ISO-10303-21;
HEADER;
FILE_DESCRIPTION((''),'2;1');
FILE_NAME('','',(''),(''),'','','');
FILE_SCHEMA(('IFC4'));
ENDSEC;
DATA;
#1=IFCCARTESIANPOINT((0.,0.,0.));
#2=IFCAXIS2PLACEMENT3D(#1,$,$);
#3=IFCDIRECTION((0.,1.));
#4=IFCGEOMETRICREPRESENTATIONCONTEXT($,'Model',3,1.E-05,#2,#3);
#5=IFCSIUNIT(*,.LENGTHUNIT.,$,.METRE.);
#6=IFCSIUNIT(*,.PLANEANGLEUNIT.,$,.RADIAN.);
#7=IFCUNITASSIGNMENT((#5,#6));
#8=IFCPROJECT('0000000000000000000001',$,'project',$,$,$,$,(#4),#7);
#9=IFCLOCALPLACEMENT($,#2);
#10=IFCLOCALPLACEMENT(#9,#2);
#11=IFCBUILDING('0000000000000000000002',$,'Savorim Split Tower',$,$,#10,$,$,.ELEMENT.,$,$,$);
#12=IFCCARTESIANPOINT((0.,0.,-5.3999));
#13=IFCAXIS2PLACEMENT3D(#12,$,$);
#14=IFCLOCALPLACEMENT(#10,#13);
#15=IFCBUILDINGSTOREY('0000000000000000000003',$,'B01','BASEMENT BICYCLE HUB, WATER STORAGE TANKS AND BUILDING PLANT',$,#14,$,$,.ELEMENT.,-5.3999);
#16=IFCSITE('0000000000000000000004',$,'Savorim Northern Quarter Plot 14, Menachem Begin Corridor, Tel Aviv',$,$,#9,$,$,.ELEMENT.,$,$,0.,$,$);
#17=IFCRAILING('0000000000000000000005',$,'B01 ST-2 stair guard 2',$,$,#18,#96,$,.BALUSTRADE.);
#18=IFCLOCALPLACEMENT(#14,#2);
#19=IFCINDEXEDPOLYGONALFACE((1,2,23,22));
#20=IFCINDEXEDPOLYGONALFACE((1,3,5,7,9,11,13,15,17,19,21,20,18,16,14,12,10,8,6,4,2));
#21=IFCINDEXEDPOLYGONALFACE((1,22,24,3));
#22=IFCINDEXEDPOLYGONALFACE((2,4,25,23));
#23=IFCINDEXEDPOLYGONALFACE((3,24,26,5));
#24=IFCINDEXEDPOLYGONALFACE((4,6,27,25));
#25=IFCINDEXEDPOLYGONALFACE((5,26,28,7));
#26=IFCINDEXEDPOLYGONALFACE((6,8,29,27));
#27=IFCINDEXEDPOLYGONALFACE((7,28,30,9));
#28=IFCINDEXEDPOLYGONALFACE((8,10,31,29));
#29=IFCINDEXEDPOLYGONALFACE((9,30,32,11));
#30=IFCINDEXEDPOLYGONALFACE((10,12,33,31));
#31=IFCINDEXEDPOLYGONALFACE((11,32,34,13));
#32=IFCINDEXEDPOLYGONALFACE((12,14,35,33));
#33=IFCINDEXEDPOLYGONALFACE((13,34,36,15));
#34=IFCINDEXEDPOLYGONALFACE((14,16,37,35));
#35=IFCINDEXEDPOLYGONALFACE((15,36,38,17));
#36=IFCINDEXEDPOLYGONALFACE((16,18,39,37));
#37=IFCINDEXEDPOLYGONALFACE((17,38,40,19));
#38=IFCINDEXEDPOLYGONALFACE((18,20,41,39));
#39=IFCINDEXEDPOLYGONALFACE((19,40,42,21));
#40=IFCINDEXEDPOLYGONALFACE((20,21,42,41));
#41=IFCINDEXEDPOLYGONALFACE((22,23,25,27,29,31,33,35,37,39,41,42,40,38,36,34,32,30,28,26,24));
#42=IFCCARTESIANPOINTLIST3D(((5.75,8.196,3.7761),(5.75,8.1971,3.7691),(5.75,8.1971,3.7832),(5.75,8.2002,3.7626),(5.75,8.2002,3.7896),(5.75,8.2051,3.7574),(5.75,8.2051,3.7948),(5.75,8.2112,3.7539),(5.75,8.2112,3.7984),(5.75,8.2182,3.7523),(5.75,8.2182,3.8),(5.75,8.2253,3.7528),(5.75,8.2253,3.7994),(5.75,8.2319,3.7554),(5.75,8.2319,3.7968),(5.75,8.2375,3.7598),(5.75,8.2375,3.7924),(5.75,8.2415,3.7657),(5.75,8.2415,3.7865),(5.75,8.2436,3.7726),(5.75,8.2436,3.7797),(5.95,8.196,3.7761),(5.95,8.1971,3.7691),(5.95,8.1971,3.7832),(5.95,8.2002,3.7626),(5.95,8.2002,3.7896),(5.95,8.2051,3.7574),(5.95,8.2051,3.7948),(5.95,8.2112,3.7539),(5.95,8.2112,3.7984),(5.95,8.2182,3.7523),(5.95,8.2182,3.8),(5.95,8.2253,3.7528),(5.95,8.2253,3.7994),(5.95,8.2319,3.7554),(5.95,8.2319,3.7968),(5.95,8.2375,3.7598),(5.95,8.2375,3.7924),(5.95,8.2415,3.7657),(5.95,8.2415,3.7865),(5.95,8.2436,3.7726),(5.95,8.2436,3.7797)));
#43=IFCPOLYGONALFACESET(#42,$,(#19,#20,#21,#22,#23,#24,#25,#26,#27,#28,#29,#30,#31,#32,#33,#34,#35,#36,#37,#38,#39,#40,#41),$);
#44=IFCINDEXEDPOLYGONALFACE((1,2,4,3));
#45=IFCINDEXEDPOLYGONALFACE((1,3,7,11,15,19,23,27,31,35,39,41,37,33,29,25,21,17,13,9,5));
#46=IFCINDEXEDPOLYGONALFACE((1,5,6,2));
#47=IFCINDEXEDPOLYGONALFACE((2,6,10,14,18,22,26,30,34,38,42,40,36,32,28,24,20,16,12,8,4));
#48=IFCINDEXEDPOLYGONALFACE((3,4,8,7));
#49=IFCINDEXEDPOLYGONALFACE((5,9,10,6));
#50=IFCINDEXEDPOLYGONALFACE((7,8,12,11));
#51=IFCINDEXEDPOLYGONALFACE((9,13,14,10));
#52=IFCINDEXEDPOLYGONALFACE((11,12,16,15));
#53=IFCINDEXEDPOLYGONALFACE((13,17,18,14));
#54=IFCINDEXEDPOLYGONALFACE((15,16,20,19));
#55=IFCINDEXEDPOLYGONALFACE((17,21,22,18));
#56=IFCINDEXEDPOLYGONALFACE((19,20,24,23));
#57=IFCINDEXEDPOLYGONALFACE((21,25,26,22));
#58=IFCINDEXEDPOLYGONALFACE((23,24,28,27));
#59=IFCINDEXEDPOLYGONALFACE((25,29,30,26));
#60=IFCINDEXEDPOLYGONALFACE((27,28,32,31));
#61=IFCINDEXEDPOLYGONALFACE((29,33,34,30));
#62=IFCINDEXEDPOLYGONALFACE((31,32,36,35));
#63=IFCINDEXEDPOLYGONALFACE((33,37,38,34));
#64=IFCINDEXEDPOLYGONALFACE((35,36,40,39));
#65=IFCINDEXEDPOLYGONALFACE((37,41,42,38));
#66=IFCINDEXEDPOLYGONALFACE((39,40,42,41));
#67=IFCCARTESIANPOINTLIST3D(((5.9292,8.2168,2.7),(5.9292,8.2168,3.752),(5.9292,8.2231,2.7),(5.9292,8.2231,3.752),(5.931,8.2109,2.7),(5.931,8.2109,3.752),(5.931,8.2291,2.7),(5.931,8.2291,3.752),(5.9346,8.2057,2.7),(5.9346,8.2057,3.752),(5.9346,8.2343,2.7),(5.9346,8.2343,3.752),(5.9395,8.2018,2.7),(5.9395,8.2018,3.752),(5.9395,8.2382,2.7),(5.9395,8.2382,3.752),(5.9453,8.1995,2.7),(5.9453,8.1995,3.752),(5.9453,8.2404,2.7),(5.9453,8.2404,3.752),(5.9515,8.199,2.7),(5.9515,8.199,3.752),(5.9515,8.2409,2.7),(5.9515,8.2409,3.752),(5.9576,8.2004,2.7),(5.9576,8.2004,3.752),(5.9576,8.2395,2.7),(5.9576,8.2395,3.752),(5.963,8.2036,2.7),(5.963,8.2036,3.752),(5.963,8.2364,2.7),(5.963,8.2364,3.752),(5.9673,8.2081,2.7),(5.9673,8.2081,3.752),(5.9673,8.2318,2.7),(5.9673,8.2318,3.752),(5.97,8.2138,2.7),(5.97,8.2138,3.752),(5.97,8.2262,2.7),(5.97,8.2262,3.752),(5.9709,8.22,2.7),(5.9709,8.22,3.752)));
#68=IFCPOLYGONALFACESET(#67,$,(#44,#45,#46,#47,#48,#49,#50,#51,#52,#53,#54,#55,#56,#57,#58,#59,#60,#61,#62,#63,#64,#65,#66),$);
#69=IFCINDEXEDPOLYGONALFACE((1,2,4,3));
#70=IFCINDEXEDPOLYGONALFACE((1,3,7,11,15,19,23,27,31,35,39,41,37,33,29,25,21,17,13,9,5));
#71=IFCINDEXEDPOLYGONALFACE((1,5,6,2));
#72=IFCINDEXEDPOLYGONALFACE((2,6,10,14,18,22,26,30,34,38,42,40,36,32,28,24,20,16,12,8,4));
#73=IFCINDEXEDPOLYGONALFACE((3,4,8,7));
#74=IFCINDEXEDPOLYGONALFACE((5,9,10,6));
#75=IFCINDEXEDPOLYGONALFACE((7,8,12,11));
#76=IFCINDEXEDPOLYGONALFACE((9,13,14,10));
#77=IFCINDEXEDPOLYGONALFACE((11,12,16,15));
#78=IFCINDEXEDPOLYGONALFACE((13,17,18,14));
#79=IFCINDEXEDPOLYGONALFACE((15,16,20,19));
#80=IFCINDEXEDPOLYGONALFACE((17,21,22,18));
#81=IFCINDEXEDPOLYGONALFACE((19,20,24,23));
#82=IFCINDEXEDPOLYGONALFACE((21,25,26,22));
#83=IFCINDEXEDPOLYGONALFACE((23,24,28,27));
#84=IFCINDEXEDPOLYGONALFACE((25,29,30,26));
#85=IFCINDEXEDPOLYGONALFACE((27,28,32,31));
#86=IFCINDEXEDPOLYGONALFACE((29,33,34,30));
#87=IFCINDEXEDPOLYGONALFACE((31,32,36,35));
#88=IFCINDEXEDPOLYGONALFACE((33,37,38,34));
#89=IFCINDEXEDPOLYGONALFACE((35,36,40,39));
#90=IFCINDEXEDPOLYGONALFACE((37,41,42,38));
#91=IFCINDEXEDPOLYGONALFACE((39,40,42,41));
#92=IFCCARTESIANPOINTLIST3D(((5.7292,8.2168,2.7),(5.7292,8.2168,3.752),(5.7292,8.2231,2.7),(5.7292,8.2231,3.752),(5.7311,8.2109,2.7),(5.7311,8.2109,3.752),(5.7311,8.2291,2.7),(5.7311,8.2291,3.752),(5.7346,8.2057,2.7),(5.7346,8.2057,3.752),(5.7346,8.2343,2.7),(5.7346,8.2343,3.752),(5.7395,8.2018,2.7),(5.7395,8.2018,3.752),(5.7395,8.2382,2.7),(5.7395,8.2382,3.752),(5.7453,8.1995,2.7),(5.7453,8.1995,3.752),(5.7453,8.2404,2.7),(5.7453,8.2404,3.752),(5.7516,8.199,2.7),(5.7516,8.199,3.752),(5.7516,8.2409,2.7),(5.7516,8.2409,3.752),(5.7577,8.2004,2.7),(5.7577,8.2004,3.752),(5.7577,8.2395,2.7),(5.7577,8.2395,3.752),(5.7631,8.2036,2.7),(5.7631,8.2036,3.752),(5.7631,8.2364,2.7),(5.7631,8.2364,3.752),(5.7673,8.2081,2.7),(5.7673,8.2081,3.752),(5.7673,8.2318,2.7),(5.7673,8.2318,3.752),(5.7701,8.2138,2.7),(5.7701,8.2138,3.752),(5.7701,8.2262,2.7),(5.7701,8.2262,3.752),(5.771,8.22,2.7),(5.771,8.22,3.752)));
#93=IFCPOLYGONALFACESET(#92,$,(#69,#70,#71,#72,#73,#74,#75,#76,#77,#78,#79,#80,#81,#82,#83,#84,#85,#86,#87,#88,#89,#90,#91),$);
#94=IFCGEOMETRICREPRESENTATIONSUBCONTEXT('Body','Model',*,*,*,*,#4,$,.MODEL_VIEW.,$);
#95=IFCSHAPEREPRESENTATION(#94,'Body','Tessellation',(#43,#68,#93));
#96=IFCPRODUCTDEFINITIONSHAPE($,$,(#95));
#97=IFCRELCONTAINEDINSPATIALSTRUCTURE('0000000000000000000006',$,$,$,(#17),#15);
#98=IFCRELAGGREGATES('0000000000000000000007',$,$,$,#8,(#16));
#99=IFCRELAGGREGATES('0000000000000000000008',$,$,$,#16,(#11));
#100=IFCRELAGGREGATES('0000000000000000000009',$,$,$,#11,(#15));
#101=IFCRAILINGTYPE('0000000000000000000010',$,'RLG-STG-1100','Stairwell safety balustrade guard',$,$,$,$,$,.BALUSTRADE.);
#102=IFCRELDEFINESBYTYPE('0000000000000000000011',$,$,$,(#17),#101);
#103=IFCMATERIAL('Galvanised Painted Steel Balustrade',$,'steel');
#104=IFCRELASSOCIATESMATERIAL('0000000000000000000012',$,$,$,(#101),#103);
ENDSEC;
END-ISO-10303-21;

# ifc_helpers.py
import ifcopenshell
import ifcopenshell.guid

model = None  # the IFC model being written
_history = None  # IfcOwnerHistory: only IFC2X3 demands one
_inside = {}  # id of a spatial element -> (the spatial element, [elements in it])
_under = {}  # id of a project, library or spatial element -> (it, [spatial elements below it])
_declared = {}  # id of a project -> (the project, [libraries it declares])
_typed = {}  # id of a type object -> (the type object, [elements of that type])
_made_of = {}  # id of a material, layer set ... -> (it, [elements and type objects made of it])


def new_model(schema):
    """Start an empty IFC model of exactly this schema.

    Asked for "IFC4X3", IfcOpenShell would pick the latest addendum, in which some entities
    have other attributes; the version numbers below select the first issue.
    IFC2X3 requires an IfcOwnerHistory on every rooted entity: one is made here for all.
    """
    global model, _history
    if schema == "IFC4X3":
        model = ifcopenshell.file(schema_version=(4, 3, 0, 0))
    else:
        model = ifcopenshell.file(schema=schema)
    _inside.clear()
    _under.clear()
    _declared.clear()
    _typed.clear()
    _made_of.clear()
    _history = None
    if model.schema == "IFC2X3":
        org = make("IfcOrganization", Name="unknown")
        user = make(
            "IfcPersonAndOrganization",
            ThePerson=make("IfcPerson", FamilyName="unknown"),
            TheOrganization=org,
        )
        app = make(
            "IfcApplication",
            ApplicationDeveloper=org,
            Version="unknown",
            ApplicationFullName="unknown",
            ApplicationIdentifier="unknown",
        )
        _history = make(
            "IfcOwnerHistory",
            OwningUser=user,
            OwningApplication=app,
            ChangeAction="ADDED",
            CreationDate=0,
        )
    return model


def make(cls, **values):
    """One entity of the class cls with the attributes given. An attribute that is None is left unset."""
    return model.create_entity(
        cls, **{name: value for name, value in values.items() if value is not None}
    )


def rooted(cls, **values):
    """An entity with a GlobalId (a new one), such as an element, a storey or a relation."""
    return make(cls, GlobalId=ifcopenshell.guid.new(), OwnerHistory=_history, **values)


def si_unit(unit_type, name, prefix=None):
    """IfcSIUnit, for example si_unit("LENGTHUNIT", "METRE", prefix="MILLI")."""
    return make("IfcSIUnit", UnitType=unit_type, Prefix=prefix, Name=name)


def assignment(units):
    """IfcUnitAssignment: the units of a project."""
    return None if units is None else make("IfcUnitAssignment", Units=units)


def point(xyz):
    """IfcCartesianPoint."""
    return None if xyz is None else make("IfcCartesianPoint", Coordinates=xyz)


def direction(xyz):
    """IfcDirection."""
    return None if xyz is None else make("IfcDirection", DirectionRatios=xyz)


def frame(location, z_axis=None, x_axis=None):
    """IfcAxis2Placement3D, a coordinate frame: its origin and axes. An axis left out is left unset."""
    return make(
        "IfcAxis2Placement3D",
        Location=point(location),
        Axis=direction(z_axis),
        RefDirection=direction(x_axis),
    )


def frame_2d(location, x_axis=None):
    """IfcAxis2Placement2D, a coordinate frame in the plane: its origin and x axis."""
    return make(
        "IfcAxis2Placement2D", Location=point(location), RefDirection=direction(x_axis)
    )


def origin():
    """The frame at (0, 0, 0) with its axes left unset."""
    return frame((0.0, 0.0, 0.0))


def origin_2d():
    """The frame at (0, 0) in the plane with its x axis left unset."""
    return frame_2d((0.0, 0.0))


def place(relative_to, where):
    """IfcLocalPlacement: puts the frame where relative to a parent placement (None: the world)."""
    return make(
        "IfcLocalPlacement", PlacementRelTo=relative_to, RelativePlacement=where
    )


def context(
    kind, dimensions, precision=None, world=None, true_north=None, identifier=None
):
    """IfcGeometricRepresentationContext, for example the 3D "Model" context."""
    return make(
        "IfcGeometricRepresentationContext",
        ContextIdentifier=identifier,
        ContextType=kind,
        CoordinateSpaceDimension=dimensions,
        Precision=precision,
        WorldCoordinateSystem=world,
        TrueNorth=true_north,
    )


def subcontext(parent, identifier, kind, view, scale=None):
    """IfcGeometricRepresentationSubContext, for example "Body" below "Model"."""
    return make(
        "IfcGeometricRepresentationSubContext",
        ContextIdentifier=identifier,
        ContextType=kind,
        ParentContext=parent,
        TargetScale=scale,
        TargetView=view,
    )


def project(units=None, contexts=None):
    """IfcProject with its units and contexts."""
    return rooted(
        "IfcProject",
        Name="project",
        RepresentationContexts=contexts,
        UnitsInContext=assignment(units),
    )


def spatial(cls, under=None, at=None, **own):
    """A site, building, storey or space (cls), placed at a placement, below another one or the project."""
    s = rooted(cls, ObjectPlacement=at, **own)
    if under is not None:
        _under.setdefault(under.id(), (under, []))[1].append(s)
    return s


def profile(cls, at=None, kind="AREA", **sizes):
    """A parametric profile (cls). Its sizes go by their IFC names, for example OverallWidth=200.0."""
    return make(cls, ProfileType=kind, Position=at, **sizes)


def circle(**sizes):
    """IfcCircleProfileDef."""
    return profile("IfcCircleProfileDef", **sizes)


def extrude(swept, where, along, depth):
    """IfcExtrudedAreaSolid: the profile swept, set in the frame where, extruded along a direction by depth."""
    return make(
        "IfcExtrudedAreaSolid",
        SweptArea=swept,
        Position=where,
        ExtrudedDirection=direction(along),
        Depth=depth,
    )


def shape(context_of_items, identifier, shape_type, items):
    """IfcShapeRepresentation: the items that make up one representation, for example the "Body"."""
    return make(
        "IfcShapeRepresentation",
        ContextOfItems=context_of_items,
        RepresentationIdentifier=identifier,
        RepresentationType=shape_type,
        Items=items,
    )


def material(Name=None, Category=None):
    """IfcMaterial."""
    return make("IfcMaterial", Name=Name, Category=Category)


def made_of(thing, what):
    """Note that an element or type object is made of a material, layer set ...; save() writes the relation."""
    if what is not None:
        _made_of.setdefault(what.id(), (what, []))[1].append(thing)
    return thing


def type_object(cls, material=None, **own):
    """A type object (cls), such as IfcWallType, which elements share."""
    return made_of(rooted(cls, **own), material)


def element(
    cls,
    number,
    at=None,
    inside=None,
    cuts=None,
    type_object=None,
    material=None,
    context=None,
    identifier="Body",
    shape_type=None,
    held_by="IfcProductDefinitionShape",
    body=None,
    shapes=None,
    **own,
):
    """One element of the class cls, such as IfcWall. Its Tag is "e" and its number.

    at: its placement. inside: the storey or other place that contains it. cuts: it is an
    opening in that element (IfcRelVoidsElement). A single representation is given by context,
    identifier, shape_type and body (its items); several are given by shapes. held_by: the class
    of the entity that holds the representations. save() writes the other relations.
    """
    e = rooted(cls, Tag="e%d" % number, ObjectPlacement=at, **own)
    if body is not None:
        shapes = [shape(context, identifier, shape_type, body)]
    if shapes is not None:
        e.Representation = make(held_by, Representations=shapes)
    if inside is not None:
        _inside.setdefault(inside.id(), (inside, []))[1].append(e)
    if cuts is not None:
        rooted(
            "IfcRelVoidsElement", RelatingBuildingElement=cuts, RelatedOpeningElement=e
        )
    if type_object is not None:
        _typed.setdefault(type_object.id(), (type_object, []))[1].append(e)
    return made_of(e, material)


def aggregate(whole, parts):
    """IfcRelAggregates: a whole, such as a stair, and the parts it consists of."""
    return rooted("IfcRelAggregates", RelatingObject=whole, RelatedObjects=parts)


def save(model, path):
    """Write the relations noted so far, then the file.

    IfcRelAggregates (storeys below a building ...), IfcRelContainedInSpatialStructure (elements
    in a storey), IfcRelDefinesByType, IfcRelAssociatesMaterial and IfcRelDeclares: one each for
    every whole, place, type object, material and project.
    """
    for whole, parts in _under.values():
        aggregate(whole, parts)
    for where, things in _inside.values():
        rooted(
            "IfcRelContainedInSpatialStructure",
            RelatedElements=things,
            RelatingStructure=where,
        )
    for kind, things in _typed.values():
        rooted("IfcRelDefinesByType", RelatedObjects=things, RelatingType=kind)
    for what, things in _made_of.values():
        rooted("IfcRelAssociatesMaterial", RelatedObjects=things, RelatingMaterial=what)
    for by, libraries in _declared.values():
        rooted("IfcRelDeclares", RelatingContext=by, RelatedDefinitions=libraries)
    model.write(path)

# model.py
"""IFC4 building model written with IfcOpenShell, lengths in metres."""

from ifc_helpers import new_model, si_unit, direction, frame, origin, origin_2d, place, context, subcontext, project, spatial, circle, extrude, material, type_object, element, save


model = new_model("IFC4")

# Units and contexts
model_context = context("Model", 3, precision=1e-05, world=origin(), true_north=direction((0.0, 1.0)))
body_context = subcontext(model_context, "Body", "Model", "MODEL_VIEW")
ifc_project = project(units=[si_unit("LENGTHUNIT", "METRE"), si_unit("PLANEANGLEUNIT", "RADIAN")], contexts=[model_context])

# Site, building, storey
site_placement = place(None, origin())
site = spatial("IfcSite", under=ifc_project, at=site_placement, Name="Savorim Northern Quarter Plot 14, Menachem Begin Corridor, Tel Aviv", CompositionType="ELEMENT", RefElevation=0.0)
building_placement = place(site_placement, origin())
building = spatial("IfcBuilding", under=site, at=building_placement, Name="Savorim Split Tower", CompositionType="ELEMENT")
storey_placement = place(building_placement, frame((0.0, 0.0, -5.3999)))
storey = spatial("IfcBuildingStorey", under=building, at=storey_placement, Name="B01", Description="BASEMENT BICYCLE HUB, WATER STORAGE TANKS AND BUILDING PLANT", CompositionType="ELEMENT", Elevation=-5.3999)

# Railing
ifc_material_1 = material(Name="Galvanised Painted Steel Balustrade", Category="steel")
railing_type_1 = type_object("IfcRailingType", Name="RLG-STG-1100", Description="Stairwell safety balustrade guard", PredefinedType="BALUSTRADE", material=ifc_material_1)
railing_1_placement = place(storey_placement, frame((5.95, 8.22, 2.7)))
element("IfcRailing", 1, at=railing_1_placement, inside=storey, type_object=railing_type_1, Name="B01 ST-2 stair guard 2", PredefinedType="BALUSTRADE", context=body_context, shape_type="SweptSolid", body=[
    extrude(circle(Radius=0.0239, at=origin_2d()), frame((0.0, 0.0, 1.0762), z_axis=(-1.0, 0.0, 0.0), x_axis=(0.0, -1.0, 0.0)), (0.0, 0.0, 1.0), 0.2),
    extrude(circle(Radius=0.021, at=origin_2d()), origin(), (0.0, 0.0, 1.0), 1.052),
    extrude(circle(Radius=0.021, at=origin_2d()), frame((-0.2, 0.0, 0.0)), (0.0, 0.0, 1.0), 1.052),
])

save(model, "model.ifc")
